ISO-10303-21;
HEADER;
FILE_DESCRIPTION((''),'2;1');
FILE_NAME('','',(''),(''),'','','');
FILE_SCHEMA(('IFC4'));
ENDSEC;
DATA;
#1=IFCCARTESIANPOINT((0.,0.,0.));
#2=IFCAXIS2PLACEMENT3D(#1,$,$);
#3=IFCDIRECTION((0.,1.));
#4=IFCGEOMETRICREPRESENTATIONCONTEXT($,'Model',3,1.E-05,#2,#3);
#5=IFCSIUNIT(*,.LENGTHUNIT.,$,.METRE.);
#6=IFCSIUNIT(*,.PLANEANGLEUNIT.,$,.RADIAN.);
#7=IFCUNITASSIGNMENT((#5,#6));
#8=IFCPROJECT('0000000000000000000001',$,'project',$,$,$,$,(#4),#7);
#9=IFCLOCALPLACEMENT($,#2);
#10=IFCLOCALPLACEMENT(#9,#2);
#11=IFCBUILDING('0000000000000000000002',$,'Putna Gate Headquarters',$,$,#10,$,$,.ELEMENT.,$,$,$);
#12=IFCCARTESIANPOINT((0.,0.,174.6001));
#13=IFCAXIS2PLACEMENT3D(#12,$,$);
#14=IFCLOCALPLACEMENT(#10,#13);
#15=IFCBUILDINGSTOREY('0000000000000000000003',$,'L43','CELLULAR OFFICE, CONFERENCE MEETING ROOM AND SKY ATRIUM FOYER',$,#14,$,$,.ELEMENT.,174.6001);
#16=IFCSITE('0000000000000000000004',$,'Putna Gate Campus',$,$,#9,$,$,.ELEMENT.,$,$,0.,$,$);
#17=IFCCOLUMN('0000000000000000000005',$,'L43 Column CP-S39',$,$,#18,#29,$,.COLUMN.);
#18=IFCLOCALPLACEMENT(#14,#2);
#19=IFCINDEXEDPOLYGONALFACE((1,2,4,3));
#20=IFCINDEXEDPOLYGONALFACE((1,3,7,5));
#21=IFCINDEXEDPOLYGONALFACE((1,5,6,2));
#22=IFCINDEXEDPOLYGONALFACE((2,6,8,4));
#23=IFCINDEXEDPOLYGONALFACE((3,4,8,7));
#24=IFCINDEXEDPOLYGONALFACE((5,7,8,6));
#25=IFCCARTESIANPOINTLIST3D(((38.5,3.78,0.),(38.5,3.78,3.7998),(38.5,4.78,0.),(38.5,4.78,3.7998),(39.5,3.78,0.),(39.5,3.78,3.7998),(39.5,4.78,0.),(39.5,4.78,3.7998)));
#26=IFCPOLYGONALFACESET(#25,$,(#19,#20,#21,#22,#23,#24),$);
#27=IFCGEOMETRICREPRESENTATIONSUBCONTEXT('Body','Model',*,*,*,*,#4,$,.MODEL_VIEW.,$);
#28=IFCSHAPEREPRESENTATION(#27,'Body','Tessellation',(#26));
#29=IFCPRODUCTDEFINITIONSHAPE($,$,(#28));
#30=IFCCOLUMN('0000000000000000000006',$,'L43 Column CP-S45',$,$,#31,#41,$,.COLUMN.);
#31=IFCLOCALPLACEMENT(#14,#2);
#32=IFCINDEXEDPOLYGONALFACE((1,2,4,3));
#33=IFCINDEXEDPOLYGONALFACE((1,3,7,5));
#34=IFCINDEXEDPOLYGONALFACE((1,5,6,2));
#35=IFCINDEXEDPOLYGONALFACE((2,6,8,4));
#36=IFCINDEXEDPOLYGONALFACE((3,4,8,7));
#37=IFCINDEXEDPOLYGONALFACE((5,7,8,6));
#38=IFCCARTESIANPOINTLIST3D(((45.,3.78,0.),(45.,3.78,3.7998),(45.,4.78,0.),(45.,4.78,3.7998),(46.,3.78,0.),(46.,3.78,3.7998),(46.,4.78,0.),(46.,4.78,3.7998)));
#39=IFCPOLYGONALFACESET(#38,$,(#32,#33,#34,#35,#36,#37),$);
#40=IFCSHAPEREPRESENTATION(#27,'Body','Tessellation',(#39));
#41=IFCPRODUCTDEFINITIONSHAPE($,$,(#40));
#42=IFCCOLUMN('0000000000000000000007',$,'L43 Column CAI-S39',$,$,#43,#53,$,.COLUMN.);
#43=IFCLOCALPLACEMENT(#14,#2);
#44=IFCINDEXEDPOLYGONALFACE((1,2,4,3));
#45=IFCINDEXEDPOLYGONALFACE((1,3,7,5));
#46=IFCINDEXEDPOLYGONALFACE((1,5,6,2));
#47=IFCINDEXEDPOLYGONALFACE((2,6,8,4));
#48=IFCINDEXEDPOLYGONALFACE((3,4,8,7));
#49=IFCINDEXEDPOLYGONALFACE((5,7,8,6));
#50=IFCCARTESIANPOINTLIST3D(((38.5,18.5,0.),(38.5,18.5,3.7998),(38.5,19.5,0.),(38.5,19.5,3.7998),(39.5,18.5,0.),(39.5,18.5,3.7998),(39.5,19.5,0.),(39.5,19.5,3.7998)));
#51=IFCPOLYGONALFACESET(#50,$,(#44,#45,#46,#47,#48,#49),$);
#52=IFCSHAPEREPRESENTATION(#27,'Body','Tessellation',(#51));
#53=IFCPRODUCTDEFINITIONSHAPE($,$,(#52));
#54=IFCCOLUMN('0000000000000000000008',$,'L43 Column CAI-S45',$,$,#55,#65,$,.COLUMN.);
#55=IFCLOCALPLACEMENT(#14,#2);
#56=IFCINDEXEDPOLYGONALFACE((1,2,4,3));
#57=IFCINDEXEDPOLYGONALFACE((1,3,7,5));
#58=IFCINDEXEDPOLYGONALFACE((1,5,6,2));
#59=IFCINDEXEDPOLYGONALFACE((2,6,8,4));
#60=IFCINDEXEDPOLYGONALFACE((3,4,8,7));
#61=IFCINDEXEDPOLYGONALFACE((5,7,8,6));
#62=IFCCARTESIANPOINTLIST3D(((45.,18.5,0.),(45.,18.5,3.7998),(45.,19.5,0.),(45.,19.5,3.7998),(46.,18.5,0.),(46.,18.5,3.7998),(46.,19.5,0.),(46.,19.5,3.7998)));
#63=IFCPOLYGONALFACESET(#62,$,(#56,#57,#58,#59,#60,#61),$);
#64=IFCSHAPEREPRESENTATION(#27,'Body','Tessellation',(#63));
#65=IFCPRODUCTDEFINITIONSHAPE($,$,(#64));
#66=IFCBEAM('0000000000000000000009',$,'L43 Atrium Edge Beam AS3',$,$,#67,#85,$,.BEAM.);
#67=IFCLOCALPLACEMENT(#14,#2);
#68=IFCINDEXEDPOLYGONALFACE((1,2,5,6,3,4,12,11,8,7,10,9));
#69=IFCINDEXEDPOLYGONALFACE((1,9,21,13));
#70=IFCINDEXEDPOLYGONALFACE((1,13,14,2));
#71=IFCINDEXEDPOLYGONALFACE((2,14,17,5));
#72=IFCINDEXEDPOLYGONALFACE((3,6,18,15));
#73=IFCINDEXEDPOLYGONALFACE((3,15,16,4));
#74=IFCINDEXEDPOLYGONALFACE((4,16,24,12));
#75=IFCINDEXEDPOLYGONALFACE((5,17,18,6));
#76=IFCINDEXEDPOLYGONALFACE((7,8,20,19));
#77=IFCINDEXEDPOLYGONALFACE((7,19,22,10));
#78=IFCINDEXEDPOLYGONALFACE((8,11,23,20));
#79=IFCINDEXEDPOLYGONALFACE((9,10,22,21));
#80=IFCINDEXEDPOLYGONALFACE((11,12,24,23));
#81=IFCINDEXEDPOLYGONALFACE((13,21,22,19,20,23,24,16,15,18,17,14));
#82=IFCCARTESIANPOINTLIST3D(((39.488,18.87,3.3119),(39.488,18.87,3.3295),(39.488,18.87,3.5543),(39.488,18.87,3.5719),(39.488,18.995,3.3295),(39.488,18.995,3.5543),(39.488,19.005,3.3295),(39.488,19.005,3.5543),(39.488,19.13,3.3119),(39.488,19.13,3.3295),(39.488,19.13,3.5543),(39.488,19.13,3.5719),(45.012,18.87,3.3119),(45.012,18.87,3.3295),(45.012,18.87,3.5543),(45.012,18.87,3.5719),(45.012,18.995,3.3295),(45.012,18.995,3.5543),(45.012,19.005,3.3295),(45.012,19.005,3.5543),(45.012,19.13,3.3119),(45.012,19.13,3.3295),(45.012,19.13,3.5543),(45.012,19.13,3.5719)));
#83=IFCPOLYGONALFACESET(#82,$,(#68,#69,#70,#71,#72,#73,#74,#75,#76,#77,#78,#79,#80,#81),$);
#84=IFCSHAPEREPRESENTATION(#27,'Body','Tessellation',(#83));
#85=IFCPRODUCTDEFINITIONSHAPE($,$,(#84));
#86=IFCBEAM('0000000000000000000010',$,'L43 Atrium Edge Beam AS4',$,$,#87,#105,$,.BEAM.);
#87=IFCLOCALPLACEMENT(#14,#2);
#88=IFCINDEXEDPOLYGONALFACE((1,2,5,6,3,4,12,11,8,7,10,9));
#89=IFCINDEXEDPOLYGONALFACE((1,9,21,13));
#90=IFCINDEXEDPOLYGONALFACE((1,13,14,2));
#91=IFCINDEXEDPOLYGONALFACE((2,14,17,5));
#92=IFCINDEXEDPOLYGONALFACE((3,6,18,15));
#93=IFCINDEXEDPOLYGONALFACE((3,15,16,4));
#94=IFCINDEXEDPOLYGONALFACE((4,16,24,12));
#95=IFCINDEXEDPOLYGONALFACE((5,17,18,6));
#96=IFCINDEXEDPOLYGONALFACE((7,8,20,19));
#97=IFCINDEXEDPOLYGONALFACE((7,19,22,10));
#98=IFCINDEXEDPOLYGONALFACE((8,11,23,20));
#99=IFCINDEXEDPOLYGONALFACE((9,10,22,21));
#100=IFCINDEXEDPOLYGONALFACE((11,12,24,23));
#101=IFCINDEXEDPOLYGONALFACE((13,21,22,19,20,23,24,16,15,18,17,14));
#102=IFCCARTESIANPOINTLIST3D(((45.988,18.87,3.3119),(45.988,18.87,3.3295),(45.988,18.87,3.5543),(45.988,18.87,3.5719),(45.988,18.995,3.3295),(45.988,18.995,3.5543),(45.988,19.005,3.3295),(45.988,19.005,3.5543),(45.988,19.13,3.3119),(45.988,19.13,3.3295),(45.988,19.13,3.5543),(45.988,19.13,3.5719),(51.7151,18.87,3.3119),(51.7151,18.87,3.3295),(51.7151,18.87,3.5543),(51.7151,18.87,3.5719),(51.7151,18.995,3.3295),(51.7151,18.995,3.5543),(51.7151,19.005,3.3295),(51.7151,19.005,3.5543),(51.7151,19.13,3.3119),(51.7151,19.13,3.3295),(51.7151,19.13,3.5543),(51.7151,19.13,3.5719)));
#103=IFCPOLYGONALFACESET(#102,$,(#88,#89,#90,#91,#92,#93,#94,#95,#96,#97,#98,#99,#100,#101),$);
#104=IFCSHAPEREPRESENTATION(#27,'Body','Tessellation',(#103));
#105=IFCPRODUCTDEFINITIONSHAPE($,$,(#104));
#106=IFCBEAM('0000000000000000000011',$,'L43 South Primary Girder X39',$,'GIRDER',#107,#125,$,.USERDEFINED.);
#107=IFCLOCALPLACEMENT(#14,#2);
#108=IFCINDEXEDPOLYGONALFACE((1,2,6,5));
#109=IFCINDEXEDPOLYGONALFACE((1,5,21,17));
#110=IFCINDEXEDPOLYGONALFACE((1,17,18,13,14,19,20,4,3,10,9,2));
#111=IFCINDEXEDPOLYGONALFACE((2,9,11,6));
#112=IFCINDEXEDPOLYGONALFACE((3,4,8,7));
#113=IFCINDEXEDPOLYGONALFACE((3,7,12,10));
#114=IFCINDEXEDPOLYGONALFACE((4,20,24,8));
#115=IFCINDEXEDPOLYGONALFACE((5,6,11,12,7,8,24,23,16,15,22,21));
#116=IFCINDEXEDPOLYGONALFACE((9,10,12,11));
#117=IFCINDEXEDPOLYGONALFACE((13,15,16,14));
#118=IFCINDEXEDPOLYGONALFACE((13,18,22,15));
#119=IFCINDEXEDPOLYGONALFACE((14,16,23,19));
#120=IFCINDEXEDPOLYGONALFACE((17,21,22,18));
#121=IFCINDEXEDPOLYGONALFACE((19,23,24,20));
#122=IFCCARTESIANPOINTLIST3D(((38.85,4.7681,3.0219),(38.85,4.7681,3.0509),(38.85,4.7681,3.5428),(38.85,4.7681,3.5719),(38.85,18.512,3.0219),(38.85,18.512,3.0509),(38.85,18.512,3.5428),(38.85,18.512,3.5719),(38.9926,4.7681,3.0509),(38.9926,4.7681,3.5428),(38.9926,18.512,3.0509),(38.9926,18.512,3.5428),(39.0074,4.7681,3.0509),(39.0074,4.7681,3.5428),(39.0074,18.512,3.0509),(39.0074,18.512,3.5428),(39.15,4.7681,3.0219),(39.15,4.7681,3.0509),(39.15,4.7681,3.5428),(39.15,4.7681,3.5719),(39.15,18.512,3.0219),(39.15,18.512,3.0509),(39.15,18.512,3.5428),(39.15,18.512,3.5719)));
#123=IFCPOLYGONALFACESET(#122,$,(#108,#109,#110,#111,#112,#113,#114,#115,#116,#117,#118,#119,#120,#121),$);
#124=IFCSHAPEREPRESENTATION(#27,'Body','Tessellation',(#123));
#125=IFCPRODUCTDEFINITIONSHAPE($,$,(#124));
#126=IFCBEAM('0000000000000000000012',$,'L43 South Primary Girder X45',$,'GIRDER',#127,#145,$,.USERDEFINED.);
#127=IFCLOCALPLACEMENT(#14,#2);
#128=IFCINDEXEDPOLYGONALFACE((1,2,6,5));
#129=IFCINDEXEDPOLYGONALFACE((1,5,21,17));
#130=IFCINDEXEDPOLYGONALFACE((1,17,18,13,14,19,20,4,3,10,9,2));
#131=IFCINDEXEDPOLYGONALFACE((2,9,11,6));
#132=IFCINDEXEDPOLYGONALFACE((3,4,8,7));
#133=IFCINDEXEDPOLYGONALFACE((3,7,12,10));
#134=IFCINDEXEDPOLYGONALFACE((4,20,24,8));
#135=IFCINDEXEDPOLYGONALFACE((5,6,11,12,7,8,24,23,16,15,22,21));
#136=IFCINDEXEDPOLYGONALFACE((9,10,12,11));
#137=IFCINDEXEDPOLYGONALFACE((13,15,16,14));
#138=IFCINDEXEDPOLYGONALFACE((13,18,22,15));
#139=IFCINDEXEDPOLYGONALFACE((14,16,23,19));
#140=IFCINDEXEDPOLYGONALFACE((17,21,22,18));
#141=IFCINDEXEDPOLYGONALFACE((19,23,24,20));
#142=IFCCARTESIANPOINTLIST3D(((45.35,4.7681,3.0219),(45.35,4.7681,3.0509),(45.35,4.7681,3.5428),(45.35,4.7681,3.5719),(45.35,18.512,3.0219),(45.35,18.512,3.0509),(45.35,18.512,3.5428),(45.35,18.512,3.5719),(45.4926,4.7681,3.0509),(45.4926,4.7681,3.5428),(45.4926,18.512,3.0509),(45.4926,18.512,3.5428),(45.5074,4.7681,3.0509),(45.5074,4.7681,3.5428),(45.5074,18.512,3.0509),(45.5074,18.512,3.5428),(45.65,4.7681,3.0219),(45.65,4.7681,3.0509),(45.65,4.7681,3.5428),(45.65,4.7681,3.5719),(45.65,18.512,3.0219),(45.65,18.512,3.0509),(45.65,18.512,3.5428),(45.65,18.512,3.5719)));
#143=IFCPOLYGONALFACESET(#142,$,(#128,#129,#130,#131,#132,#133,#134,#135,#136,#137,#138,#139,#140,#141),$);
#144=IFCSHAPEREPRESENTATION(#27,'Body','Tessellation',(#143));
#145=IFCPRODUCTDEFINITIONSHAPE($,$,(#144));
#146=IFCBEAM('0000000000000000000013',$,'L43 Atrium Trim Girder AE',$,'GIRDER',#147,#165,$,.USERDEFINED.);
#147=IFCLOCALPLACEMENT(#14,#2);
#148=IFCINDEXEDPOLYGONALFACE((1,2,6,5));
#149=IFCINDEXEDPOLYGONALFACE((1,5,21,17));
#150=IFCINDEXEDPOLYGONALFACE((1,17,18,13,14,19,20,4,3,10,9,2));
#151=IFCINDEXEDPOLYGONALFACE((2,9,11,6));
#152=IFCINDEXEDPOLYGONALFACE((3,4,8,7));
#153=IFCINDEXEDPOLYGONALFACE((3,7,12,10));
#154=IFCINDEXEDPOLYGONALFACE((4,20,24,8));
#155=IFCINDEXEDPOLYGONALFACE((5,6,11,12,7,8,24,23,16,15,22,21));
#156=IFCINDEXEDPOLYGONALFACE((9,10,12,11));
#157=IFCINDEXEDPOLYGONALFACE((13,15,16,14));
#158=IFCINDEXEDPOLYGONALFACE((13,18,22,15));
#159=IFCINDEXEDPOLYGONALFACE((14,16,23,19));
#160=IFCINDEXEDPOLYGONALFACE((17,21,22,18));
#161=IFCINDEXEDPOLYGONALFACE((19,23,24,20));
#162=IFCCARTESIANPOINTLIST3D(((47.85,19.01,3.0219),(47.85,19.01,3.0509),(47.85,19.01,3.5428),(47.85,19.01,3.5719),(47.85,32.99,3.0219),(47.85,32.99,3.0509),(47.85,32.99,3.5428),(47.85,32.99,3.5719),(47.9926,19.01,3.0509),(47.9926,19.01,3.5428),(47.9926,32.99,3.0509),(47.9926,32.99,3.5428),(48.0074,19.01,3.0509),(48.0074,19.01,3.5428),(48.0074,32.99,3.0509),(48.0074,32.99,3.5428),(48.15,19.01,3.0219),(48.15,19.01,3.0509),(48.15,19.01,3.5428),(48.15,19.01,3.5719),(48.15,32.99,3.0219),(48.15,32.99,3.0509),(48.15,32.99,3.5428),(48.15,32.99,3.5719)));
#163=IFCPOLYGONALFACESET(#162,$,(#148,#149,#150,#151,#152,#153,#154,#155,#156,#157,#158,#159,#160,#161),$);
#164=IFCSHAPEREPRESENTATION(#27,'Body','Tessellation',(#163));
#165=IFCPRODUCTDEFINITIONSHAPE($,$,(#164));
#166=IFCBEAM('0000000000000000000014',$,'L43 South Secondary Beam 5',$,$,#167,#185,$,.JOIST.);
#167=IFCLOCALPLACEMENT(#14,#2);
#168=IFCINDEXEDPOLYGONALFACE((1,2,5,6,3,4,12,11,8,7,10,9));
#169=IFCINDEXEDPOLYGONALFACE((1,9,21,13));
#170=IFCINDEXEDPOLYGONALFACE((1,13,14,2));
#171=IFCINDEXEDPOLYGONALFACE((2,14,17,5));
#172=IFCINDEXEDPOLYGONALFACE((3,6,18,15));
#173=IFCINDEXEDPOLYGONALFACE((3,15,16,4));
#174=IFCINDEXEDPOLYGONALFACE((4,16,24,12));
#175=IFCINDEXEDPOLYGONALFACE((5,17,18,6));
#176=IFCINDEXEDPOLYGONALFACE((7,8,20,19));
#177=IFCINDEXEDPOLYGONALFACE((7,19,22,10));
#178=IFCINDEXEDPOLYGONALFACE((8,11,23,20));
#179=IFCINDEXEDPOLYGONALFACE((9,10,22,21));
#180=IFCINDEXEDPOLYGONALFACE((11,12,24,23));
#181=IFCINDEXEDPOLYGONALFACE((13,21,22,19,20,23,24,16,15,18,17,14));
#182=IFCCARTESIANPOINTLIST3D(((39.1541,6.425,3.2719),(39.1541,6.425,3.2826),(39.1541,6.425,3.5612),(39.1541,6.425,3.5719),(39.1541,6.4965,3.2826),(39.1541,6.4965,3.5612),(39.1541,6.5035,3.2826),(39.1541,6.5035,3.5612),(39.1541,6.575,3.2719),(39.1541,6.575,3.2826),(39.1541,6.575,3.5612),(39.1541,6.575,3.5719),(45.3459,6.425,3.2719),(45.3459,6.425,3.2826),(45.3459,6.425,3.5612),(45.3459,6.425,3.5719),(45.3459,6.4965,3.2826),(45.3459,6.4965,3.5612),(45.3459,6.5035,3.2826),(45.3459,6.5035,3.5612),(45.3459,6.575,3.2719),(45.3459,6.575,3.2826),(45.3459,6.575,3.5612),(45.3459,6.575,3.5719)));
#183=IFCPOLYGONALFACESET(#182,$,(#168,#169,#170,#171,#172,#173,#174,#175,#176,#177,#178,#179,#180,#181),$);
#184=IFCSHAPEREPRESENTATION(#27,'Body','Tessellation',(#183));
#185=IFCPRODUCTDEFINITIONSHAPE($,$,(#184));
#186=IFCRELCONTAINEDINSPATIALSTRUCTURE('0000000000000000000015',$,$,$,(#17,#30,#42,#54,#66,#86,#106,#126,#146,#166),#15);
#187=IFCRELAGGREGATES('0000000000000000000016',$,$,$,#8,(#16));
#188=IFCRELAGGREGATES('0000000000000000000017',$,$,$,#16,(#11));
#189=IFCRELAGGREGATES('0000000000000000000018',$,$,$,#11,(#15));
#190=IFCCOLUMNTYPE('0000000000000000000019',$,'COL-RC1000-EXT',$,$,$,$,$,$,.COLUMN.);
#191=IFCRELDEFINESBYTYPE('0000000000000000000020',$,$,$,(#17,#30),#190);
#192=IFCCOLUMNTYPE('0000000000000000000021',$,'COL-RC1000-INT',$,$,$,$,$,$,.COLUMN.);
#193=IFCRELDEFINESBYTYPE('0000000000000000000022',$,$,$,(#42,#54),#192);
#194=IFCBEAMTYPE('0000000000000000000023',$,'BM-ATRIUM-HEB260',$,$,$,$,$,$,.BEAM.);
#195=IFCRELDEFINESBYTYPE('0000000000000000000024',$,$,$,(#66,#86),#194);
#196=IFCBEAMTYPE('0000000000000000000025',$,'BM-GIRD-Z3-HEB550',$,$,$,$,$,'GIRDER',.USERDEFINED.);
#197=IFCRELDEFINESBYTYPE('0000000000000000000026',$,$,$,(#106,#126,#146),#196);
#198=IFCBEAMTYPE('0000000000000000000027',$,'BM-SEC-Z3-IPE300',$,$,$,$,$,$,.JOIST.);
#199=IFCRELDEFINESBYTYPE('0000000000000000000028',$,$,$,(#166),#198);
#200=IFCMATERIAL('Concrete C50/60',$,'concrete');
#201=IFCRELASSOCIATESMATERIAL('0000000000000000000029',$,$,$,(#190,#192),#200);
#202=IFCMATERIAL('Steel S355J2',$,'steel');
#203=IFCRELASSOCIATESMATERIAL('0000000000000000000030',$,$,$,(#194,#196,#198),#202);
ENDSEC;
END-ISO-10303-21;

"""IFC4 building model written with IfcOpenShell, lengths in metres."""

from ifc_helpers import new_model, si_unit, direction, frame, origin, origin_2d, place, context, subcontext, project, spatial, rectangle, i_section, extrude, material, material_profile, profile_set, type_object, element, save


model = new_model("IFC4")

# Units and contexts
model_context = context("Model", 3, precision=1e-05, world=origin(), true_north=direction((0.0, 1.0)))
body_context = subcontext(model_context, "Body", "Model", "MODEL_VIEW")
ifc_project = project(units=[si_unit("LENGTHUNIT", "METRE"), si_unit("PLANEANGLEUNIT", "RADIAN")], contexts=[model_context])

# Site, building, storey
site_placement = place(None, origin())
site = spatial("IfcSite", under=ifc_project, at=site_placement, Name="Putna Gate Campus", CompositionType="ELEMENT", RefElevation=0.0)
building_placement = place(site_placement, origin())
building = spatial("IfcBuilding", under=site, at=building_placement, Name="Putna Gate Headquarters", CompositionType="ELEMENT")
storey_placement = place(building_placement, frame((0.0, 0.0, 174.6001)))
storey = spatial("IfcBuildingStorey", under=building, at=storey_placement, Name="L43", Description="CELLULAR OFFICE, CONFERENCE MEETING ROOM AND SKY ATRIUM FOYER", CompositionType="ELEMENT", Elevation=174.6001)

# Columns
ifc_material_1 = material(Name="Concrete C50/60", Category="concrete")
ifc_material_profile_1 = material_profile(ifc_material_1, rectangle(XDim=1.0, YDim=1.0, at=origin_2d()), Name="Concrete C50/60")
ifc_profile_set_1 = profile_set([ifc_material_profile_1], Name="Concrete C50/60")
column_type_1 = type_object("IfcColumnType", Name="COL-RC1000-EXT", PredefinedType="COLUMN", material=ifc_profile_set_1)
for number, where, z_axis, x_axis, name in (
    (1, (39.0, 4.28, 0.0), (0.0, 0.0, 1.0), (1.0, 0.0, 0.0), "L43 Column CP-S39"),
    (2, (45.5, 4.28, 0.0), (0.0, 0.0, 1.0), (1.0, 0.0, 0.0), "L43 Column CP-S45"),
):
    element("IfcColumn", number, at=place(storey_placement, frame(where, z_axis=z_axis, x_axis=x_axis)), inside=storey, type_object=column_type_1, Name=name, PredefinedType="COLUMN", context=body_context, shape_type="SweptSolid", body=[
        extrude(rectangle(XDim=1.0, YDim=1.0, at=origin_2d()), origin(), (0.0, 0.0, 1.0), 3.7998),
    ])
ifc_material_profile_2 = material_profile(ifc_material_1, rectangle(XDim=1.0, YDim=1.0, at=origin_2d()), Name="Concrete C50/60")
ifc_profile_set_2 = profile_set([ifc_material_profile_2], Name="Concrete C50/60")
column_type_2 = type_object("IfcColumnType", Name="COL-RC1000-INT", PredefinedType="COLUMN", material=ifc_profile_set_2)
for number, where, z_axis, x_axis, name in (
    (3, (39.0, 19.0, 0.0), (0.0, 0.0, 1.0), (1.0, 0.0, 0.0), "L43 Column CAI-S39"),
    (4, (45.5, 19.0, 0.0), (0.0, 0.0, 1.0), (1.0, 0.0, 0.0), "L43 Column CAI-S45"),
):
    element("IfcColumn", number, at=place(storey_placement, frame(where, z_axis=z_axis, x_axis=x_axis)), inside=storey, type_object=column_type_2, Name=name, PredefinedType="COLUMN", context=body_context, shape_type="SweptSolid", body=[
        extrude(rectangle(XDim=1.0, YDim=1.0, at=origin_2d()), origin(), (0.0, 0.0, 1.0), 3.7998),
    ])

# Beams
ifc_material_2 = material(Name="Steel S355J2", Category="steel")
ifc_material_profile_3 = material_profile(ifc_material_2, i_section(OverallWidth=0.26, OverallDepth=0.26, WebThickness=0.01, FlangeThickness=0.0176, at=origin_2d()), Name="Steel S355J2")
ifc_profile_set_3 = profile_set([ifc_material_profile_3], Name="Steel S355J2")
beam_type_1 = type_object("IfcBeamType", Name="BM-ATRIUM-HEB260", PredefinedType="BEAM", material=ifc_profile_set_3)
beam_1_placement = place(storey_placement, frame((39.488, 19.0, 3.4419), z_axis=(1.0, 0.0, 0.0), x_axis=(0.0, 1.0, 0.0)))
element("IfcBeam", 5, at=beam_1_placement, inside=storey, type_object=beam_type_1, Name="L43 Atrium Edge Beam AS3", PredefinedType="BEAM", context=body_context, shape_type="SweptSolid", body=[
    extrude(i_section(OverallWidth=0.26, OverallDepth=0.26, WebThickness=0.01, FlangeThickness=0.0176, at=origin_2d()), origin(), (0.0, 0.0, 1.0), 5.5239),
])
beam_2_placement = place(storey_placement, frame((45.988, 19.0, 3.4419), z_axis=(1.0, 0.0, 0.0), x_axis=(0.0, 1.0, 0.0)))
element("IfcBeam", 6, at=beam_2_placement, inside=storey, type_object=beam_type_1, Name="L43 Atrium Edge Beam AS4", PredefinedType="BEAM", context=body_context, shape_type="SweptSolid", body=[
    extrude(i_section(OverallWidth=0.26, OverallDepth=0.26, WebThickness=0.01, FlangeThickness=0.0176, at=origin_2d()), origin(), (0.0, 0.0, 1.0), 5.7271),
])
ifc_material_profile_4 = material_profile(ifc_material_2, i_section(OverallWidth=0.3, OverallDepth=0.55, WebThickness=0.0149, FlangeThickness=0.0291, at=origin_2d()), Name="Steel S355J2")
ifc_profile_set_4 = profile_set([ifc_material_profile_4], Name="Steel S355J2")
beam_type_2 = type_object("IfcBeamType", Name="BM-GIRD-Z3-HEB550", ElementType="GIRDER", PredefinedType="USERDEFINED", material=ifc_profile_set_4)
for number, where, z_axis, x_axis, name in (
    (7, (39.0, 4.7681, 3.2969), (0.0, 1.0, 0.0), (-1.0, 0.0, 0.0), "L43 South Primary Girder X39"),
    (8, (45.5, 4.7681, 3.2969), (0.0, 1.0, 0.0), (-1.0, 0.0, 0.0), "L43 South Primary Girder X45"),
):
    element("IfcBeam", number, at=place(storey_placement, frame(where, z_axis=z_axis, x_axis=x_axis)), inside=storey, type_object=beam_type_2, Name=name, ObjectType="GIRDER", PredefinedType="USERDEFINED", context=body_context, shape_type="SweptSolid", body=[
        extrude(i_section(OverallWidth=0.3, OverallDepth=0.55, WebThickness=0.0149, FlangeThickness=0.0291, at=origin_2d()), origin(), (0.0, 0.0, 1.0), 13.7439),
    ])
beam_3_placement = place(storey_placement, frame((48.0, 19.01, 3.2969), z_axis=(0.0, 1.0, 0.0), x_axis=(-1.0, 0.0, 0.0)))
element("IfcBeam", 9, at=beam_3_placement, inside=storey, type_object=beam_type_2, Name="L43 Atrium Trim Girder AE", ObjectType="GIRDER", PredefinedType="USERDEFINED", context=body_context, shape_type="SweptSolid", body=[
    extrude(i_section(OverallWidth=0.3, OverallDepth=0.55, WebThickness=0.0149, FlangeThickness=0.0291, at=origin_2d()), origin(), (0.0, 0.0, 1.0), 13.98),
])
ifc_material_profile_5 = material_profile(ifc_material_2, i_section(OverallWidth=0.1499, OverallDepth=0.3, WebThickness=0.0071, FlangeThickness=0.0107, at=origin_2d()), Name="Steel S355J2")
ifc_profile_set_5 = profile_set([ifc_material_profile_5], Name="Steel S355J2")
beam_type_3 = type_object("IfcBeamType", Name="BM-SEC-Z3-IPE300", PredefinedType="JOIST", material=ifc_profile_set_5)
for number, where, z_axis, x_axis, name in (
    (10, (39.1541, 6.5, 3.4219), (1.0, 0.0, 0.0), (0.0, 1.0, 0.0), "L43 South Secondary Beam 5"),
):
    element("IfcBeam", number, at=place(storey_placement, frame(where, z_axis=z_axis, x_axis=x_axis)), inside=storey, type_object=beam_type_3, Name=name, PredefinedType="JOIST", context=body_context, shape_type="SweptSolid", body=[
        extrude(i_section(OverallWidth=0.1499, OverallDepth=0.3, WebThickness=0.0071, FlangeThickness=0.0107, at=origin_2d()), origin(), (0.0, 0.0, 1.0), 6.1919),
    ])

save(model, "model.ifc")
